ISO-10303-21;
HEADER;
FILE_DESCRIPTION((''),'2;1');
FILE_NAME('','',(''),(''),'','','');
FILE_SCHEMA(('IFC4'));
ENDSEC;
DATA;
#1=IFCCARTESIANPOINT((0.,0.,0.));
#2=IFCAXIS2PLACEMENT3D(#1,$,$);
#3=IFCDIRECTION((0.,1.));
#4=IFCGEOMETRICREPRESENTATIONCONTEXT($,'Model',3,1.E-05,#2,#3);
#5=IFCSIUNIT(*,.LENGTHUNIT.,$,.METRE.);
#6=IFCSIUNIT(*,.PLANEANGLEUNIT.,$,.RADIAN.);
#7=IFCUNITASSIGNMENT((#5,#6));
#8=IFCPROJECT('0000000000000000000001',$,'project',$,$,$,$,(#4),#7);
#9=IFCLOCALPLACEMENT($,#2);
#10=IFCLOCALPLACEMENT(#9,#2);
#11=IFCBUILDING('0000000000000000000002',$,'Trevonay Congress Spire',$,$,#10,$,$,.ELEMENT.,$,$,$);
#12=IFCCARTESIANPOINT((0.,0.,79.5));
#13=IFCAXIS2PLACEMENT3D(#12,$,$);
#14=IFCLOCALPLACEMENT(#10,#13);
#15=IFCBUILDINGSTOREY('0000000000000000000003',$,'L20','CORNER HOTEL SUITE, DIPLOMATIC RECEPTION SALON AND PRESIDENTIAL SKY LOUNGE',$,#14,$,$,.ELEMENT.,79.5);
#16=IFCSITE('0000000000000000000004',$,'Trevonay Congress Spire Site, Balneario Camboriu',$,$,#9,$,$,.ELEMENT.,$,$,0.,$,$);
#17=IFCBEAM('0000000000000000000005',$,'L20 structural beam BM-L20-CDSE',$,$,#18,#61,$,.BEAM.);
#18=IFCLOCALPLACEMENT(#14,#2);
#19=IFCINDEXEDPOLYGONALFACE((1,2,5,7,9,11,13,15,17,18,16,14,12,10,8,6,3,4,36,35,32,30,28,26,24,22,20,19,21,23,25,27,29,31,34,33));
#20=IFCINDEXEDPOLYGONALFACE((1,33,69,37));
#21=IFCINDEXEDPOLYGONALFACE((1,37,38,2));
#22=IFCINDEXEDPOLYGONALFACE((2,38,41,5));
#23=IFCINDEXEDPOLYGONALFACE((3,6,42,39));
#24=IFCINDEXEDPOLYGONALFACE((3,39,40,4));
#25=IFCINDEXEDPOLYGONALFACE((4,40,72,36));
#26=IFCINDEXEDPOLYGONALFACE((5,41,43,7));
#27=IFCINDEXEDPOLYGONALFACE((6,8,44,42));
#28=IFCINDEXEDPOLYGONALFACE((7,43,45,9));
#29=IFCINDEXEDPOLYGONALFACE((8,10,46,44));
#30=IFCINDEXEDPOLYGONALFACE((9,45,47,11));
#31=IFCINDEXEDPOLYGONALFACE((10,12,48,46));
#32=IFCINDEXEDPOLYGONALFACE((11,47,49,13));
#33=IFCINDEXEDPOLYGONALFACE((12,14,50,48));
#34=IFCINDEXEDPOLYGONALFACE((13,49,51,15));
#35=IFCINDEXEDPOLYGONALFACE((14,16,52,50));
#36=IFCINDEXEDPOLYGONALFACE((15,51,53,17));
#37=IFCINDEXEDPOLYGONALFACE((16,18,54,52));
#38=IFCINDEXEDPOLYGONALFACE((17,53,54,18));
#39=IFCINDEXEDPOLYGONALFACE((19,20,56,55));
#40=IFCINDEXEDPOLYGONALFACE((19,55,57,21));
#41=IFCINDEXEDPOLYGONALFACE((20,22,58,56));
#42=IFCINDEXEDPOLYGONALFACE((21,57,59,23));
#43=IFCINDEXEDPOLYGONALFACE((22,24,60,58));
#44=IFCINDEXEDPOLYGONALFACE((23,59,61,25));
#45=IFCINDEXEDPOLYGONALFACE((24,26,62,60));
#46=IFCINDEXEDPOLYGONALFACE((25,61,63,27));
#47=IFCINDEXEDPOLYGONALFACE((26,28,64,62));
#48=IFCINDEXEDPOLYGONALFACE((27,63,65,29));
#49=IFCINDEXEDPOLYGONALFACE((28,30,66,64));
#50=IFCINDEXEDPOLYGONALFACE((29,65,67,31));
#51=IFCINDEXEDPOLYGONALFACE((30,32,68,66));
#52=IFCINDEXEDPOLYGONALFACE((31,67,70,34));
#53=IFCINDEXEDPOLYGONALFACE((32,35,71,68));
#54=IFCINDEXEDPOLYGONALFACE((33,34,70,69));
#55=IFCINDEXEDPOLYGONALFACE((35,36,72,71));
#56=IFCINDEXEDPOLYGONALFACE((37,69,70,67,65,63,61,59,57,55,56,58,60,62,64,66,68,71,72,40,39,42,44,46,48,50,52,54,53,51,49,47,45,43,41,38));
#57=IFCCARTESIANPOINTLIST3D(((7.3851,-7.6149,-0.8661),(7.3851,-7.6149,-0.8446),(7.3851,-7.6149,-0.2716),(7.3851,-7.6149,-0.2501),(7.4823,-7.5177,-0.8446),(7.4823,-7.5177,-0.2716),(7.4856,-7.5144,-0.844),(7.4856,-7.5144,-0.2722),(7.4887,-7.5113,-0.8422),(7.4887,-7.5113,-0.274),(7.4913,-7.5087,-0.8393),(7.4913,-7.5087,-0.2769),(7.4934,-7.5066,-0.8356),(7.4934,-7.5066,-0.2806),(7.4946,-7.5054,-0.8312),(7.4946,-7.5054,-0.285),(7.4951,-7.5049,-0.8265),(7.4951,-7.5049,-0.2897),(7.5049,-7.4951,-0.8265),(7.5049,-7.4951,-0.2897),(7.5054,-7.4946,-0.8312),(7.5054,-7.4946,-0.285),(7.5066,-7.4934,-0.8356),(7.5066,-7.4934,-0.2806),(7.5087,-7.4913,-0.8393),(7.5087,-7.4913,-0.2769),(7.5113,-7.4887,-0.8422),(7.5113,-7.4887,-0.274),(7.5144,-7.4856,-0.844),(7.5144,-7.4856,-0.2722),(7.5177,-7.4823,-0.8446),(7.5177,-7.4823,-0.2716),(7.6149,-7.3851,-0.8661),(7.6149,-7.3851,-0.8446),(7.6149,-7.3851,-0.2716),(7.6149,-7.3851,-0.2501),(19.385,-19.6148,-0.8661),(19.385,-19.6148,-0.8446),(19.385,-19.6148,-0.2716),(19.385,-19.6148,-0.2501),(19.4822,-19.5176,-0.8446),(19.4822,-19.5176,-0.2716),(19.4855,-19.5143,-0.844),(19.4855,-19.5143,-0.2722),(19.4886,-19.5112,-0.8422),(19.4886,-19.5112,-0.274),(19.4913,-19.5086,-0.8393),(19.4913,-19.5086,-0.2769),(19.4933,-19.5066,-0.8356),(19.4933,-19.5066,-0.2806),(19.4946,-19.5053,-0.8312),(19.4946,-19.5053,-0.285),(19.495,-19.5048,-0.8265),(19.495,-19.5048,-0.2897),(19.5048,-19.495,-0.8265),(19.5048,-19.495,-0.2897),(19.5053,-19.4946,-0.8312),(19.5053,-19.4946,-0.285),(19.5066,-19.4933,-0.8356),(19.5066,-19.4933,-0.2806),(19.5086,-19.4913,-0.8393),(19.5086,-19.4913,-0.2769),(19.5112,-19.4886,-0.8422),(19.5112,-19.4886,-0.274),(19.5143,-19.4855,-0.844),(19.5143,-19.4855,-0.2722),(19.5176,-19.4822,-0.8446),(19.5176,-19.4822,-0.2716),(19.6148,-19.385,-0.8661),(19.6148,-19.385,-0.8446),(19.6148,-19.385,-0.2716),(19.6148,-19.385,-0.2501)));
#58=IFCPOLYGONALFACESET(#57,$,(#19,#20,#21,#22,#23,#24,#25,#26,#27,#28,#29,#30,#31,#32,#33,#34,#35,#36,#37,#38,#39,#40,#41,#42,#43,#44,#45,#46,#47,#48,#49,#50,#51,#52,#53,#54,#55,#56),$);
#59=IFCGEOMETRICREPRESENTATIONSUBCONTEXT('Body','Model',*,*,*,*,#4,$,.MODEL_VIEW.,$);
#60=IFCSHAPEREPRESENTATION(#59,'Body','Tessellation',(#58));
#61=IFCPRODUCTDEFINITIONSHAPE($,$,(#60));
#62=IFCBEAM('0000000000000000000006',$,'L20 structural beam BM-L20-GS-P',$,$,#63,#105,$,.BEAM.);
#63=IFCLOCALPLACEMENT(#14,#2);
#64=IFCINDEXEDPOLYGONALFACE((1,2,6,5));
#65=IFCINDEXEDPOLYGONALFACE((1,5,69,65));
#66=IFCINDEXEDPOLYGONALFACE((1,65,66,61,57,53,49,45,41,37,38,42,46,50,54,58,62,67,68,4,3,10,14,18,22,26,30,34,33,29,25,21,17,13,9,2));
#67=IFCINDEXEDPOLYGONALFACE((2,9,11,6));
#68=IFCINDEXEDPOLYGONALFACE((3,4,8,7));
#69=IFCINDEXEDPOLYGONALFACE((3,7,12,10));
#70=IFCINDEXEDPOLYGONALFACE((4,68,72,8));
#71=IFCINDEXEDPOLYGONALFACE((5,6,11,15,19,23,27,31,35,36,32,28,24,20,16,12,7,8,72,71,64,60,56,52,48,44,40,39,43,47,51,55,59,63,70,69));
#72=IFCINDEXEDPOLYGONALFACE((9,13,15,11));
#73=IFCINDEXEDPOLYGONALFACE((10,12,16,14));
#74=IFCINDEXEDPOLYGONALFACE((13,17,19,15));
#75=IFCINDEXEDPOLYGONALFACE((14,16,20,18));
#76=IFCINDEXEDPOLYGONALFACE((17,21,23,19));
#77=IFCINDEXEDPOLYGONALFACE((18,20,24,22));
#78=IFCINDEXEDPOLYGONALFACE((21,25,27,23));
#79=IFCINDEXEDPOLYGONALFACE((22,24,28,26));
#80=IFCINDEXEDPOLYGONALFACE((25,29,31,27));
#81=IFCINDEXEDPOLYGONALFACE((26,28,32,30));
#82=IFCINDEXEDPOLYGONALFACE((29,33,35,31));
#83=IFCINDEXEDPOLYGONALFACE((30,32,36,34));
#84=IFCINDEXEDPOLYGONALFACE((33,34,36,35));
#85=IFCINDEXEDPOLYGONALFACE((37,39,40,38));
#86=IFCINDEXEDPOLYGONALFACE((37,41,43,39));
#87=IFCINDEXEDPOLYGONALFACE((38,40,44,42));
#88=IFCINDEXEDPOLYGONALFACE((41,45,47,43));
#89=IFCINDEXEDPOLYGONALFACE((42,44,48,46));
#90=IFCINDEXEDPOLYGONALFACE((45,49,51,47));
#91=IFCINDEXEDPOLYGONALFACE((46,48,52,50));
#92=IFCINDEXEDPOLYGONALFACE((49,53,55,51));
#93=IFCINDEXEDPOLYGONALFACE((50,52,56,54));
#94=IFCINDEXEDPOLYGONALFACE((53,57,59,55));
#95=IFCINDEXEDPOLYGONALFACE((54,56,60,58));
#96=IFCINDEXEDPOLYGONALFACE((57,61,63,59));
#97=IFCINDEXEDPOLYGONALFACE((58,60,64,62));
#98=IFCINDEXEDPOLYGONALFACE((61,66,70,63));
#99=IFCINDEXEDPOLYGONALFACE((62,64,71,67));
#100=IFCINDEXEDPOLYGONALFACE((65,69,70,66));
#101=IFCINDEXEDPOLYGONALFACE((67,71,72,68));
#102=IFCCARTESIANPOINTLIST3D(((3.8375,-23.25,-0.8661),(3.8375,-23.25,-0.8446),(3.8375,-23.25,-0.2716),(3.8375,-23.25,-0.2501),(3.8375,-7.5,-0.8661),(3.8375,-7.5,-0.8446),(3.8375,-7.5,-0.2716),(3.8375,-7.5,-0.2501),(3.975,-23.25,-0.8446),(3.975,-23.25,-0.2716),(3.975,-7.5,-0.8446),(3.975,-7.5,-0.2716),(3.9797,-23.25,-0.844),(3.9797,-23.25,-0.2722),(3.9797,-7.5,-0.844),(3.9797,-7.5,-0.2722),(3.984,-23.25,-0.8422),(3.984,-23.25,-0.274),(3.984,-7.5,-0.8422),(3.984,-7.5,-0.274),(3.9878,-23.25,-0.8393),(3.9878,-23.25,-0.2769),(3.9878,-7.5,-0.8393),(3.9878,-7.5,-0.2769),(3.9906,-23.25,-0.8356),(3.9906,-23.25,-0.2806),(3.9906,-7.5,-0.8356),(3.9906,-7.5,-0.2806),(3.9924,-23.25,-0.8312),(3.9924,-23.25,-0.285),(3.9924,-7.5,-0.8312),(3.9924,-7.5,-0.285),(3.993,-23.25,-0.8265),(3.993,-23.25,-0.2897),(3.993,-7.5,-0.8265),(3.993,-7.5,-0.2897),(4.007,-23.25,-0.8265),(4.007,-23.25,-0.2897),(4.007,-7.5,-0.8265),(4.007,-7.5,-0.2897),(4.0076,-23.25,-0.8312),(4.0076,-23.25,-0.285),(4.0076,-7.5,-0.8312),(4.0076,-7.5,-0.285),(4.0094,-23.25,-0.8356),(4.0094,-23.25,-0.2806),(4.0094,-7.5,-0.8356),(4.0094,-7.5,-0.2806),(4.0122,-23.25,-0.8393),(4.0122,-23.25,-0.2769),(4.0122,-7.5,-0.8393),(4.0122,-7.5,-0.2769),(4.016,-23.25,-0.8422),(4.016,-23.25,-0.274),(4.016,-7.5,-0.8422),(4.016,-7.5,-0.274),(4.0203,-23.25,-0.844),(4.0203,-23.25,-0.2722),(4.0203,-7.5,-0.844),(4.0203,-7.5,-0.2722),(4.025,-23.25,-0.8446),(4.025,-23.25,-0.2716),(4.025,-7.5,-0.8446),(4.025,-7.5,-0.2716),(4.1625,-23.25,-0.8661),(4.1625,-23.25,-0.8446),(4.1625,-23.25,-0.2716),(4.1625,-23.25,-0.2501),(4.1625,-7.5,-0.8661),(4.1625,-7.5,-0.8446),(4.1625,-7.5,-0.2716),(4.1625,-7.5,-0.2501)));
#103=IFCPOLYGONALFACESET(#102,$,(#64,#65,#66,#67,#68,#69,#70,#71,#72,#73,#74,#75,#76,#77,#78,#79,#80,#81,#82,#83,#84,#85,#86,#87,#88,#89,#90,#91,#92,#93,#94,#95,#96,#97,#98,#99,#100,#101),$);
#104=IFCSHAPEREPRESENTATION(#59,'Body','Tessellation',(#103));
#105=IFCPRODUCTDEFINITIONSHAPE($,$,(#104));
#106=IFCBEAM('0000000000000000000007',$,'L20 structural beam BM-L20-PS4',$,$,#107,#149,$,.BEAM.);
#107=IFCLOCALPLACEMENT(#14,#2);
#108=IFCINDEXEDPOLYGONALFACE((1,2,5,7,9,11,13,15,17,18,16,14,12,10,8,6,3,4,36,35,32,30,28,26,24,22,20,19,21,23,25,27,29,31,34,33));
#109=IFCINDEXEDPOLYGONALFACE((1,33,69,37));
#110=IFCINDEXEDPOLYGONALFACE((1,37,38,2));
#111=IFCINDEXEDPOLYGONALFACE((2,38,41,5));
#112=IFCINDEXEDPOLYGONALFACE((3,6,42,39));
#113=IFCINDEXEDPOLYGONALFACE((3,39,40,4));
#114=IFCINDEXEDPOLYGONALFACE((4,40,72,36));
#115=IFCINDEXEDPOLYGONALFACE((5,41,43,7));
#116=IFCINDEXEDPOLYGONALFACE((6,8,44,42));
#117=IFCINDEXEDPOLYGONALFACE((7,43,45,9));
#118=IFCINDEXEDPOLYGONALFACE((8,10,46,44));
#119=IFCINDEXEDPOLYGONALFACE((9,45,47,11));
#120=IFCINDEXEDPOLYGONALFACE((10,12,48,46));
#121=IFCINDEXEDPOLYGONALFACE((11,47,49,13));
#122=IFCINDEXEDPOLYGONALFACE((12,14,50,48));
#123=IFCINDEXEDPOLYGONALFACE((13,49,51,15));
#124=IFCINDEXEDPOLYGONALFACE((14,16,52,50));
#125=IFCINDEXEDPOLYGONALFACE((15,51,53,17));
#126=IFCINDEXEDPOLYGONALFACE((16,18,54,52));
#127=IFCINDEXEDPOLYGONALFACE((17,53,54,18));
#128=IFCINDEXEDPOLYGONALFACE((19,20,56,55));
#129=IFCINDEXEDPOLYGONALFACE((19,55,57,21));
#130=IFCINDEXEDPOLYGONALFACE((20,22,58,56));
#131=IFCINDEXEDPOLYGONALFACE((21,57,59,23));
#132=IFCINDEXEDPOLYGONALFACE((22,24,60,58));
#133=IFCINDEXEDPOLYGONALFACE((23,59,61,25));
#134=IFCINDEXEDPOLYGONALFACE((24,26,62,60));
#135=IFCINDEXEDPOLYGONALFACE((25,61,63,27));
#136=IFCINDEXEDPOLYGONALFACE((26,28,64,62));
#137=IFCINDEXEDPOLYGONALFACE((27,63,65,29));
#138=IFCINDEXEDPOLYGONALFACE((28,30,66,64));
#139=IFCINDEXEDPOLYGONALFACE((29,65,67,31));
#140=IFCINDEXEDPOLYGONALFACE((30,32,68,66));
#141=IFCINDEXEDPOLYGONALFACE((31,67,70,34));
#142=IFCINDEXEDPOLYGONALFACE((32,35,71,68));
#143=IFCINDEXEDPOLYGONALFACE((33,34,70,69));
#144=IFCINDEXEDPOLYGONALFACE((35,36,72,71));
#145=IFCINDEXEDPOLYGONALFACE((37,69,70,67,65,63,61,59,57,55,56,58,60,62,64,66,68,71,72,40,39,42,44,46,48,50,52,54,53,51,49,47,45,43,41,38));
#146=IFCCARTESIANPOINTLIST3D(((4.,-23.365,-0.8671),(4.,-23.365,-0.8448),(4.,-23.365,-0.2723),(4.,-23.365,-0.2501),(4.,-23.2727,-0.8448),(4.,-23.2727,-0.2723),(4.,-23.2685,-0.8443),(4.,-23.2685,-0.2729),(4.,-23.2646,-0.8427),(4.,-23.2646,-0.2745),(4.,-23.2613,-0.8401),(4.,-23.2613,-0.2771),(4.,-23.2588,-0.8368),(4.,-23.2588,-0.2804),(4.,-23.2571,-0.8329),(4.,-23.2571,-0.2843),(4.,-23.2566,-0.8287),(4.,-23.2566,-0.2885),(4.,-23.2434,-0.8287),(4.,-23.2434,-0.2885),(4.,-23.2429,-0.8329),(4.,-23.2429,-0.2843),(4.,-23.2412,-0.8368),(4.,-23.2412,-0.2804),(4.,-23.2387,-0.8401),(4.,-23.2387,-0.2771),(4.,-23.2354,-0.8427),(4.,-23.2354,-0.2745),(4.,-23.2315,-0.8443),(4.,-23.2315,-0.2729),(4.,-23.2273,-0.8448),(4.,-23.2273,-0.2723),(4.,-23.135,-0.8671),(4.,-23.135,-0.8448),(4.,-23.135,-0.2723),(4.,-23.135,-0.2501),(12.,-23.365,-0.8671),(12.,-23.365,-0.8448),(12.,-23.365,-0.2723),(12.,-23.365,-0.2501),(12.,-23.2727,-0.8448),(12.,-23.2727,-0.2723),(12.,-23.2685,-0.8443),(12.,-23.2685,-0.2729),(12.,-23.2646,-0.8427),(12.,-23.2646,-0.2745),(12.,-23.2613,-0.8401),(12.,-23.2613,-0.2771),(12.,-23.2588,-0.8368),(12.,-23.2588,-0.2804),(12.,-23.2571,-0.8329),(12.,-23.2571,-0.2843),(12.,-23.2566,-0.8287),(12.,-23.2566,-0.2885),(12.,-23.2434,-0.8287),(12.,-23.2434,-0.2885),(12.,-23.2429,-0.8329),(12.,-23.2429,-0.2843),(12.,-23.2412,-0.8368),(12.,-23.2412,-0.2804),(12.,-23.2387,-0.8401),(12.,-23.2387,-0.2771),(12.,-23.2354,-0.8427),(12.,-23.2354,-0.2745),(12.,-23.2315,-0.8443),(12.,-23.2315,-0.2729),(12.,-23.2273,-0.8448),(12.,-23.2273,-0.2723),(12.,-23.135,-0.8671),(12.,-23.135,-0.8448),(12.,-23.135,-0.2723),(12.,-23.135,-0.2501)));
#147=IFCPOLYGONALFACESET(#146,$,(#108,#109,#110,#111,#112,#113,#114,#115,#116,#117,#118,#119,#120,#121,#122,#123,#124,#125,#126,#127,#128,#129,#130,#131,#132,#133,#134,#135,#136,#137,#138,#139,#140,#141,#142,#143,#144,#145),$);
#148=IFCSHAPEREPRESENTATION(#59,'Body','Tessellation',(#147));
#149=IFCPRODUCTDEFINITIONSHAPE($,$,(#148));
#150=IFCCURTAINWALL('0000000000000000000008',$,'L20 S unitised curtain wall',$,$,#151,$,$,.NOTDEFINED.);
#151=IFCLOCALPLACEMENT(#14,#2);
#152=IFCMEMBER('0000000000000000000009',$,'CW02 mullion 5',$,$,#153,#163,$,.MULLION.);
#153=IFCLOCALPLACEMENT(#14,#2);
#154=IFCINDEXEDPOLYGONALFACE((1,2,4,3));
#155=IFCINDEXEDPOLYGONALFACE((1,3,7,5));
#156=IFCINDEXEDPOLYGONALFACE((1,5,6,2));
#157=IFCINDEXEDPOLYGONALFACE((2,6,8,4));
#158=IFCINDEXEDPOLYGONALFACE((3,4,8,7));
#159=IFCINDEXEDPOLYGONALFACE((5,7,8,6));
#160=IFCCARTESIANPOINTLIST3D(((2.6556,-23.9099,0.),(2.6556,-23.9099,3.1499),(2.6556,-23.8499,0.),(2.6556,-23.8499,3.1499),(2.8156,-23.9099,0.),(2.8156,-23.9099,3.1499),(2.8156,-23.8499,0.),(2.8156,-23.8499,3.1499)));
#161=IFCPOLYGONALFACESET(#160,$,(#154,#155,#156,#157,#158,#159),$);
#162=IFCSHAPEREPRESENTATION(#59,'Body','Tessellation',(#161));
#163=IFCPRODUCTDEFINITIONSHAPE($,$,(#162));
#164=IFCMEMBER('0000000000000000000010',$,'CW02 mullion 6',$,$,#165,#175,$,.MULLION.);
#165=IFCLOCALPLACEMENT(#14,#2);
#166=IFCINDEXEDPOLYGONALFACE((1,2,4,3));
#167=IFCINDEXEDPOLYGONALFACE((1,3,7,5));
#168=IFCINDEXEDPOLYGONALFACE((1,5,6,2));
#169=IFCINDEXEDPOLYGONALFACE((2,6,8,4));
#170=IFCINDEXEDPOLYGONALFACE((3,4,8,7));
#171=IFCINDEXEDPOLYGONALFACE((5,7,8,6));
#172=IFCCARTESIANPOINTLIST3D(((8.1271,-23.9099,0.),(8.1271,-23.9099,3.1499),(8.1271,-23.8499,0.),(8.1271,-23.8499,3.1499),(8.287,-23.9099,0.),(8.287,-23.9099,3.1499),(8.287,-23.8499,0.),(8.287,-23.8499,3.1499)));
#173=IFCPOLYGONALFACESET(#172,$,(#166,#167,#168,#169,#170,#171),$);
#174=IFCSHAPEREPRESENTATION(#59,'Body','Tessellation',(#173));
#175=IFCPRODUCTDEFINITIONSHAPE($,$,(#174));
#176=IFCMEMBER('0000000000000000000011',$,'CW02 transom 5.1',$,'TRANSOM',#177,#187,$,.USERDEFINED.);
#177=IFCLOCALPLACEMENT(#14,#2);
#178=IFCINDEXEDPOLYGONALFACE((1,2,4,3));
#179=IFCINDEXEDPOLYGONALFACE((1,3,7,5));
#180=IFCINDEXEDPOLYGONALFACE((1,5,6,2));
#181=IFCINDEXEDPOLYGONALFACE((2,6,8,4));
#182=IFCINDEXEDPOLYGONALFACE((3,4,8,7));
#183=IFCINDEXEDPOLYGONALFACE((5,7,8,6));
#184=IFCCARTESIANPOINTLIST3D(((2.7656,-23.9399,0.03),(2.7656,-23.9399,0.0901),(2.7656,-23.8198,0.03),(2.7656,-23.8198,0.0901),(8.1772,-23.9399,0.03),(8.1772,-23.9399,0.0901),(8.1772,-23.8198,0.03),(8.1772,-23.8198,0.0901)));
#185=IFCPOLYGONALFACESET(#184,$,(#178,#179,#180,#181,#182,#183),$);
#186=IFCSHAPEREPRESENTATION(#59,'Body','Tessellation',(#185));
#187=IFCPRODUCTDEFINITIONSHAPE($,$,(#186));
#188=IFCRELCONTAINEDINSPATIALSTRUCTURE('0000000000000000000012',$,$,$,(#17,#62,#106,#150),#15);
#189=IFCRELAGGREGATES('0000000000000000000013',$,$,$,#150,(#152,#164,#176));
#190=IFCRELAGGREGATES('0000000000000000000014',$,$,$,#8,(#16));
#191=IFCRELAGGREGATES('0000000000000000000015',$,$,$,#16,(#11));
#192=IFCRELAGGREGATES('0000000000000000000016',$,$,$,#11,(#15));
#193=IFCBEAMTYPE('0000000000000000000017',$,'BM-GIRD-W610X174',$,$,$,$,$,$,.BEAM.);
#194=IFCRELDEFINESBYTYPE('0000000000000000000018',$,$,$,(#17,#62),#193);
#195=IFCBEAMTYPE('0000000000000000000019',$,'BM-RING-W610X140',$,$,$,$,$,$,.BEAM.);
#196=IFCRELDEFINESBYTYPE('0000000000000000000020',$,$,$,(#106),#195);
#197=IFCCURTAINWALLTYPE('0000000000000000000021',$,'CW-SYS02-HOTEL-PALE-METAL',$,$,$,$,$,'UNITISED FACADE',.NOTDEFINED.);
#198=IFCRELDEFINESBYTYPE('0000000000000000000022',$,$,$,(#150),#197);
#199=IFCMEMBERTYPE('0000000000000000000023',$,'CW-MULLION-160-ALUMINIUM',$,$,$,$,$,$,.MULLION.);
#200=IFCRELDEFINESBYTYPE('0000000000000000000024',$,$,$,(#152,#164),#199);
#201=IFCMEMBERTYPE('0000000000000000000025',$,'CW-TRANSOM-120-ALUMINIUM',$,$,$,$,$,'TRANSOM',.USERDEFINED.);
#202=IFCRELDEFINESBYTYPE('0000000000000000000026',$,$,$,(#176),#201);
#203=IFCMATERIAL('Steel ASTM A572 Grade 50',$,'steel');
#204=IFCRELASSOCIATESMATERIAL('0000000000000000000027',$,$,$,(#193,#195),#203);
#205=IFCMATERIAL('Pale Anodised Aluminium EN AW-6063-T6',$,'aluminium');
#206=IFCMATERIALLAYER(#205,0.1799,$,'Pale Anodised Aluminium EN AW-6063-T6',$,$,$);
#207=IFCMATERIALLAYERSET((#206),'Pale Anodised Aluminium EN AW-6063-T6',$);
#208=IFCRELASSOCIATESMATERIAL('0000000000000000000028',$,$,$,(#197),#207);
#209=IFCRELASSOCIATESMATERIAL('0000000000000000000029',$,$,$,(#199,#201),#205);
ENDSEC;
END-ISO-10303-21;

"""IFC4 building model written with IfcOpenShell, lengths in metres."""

from ifc_helpers import new_model, si_unit, direction, frame, origin, origin_2d, place, context, subcontext, project, spatial, rectangle, i_section, extrude, material, layer, layer_set, material_profile, profile_set, type_object, element, aggregate, save


model = new_model("IFC4")

# Units and contexts
model_context = context("Model", 3, precision=1e-05, world=origin(), true_north=direction((0.0, 1.0)))
body_context = subcontext(model_context, "Body", "Model", "MODEL_VIEW")
ifc_project = project(units=[si_unit("LENGTHUNIT", "METRE"), si_unit("PLANEANGLEUNIT", "RADIAN")], contexts=[model_context])

# Site, building, storey
site_placement = place(None, origin())
site = spatial("IfcSite", under=ifc_project, at=site_placement, Name="Trevonay Congress Spire Site, Balneario Camboriu", CompositionType="ELEMENT", RefElevation=0.0)
building_placement = place(site_placement, origin())
building = spatial("IfcBuilding", under=site, at=building_placement, Name="Trevonay Congress Spire", CompositionType="ELEMENT")
storey_placement = place(building_placement, frame((0.0, 0.0, 79.5)))
storey = spatial("IfcBuildingStorey", under=building, at=storey_placement, Name="L20", Description="CORNER HOTEL SUITE, DIPLOMATIC RECEPTION SALON AND PRESIDENTIAL SKY LOUNGE", CompositionType="ELEMENT", Elevation=79.5)

# Shared definitions
ifc_material_1 = material(Name="Steel ASTM A572 Grade 50", Category="steel")

# Beams
ifc_material_profile_1 = material_profile(ifc_material_1, i_section(OverallWidth=0.325, OverallDepth=0.616, WebThickness=0.0139, FlangeThickness=0.0215, FilletRadius=0.0181, at=origin_2d()), Name="W610x174")
ifc_profile_set_1 = profile_set([ifc_material_profile_1], Name="Steel ASTM A572 Grade 50")
beam_type_1 = type_object("IfcBeamType", Name="BM-GIRD-W610X174", PredefinedType="BEAM", material=ifc_profile_set_1)
beam_1_placement = place(storey_placement, frame((7.5, -7.5, -0.5581), z_axis=(0.707107, -0.707107, 0.0), x_axis=(0.707107, 0.707107, 0.0)))
element("IfcBeam", 1, at=beam_1_placement, inside=storey, type_object=beam_type_1, Name="L20 structural beam BM-L20-CDSE", PredefinedType="BEAM", context=body_context, shape_type="SweptSolid", body=[
    extrude(i_section(OverallWidth=0.325, OverallDepth=0.616, WebThickness=0.0139, FlangeThickness=0.0215, FilletRadius=0.0181, at=origin_2d()), origin(), (0.0, 0.0, 1.0), 16.9705),
])
beam_2_placement = place(storey_placement, frame((4.0, -7.5, -0.5581), z_axis=(0.0, -1.0, 0.0), x_axis=(1.0, 0.0, 0.0)))
element("IfcBeam", 2, at=beam_2_placement, inside=storey, type_object=beam_type_1, Name="L20 structural beam BM-L20-GS-P", PredefinedType="BEAM", context=body_context, shape_type="SweptSolid", body=[
    extrude(i_section(OverallWidth=0.325, OverallDepth=0.616, WebThickness=0.0139, FlangeThickness=0.0215, FilletRadius=0.0181, at=origin_2d()), origin(), (0.0, 0.0, 1.0), 15.75),
])
ifc_material_profile_2 = material_profile(ifc_material_1, i_section(OverallWidth=0.23, OverallDepth=0.6169, WebThickness=0.0132, FlangeThickness=0.0222, FilletRadius=0.0161, at=origin_2d()), Name="W610x140")
ifc_profile_set_2 = profile_set([ifc_material_profile_2], Name="Steel ASTM A572 Grade 50")
beam_type_2 = type_object("IfcBeamType", Name="BM-RING-W610X140", PredefinedType="BEAM", material=ifc_profile_set_2)
beam_3_placement = place(storey_placement, frame((4.0, -23.25, -0.5586), z_axis=(1.0, 0.0, 0.0), x_axis=(0.0, 1.0, 0.0)))
element("IfcBeam", 3, at=beam_3_placement, inside=storey, type_object=beam_type_2, Name="L20 structural beam BM-L20-PS4", PredefinedType="BEAM", context=body_context, shape_type="SweptSolid", body=[
    extrude(i_section(OverallWidth=0.23, OverallDepth=0.6169, WebThickness=0.0132, FlangeThickness=0.0222, FilletRadius=0.0161, at=origin_2d()), origin(), (0.0, 0.0, 1.0), 8.0),
])

# Curtain wall, members
ifc_material_2 = material(Name="Pale Anodised Aluminium EN AW-6063-T6", Category="aluminium")
ifc_layer_1 = layer(ifc_material_2, 0.1799, Name="Pale Anodised Aluminium EN AW-6063-T6")
ifc_layer_set_1 = layer_set([ifc_layer_1], Name="Pale Anodised Aluminium EN AW-6063-T6")
curtain_wall_type = type_object("IfcCurtainWallType", Name="CW-SYS02-HOTEL-PALE-METAL", ElementType="UNITISED FACADE", PredefinedType="NOTDEFINED", material=ifc_layer_set_1)
curtain_wall_placement = place(storey_placement, origin())
curtain_wall = element("IfcCurtainWall", 4, at=curtain_wall_placement, inside=storey, type_object=curtain_wall_type, Name="L20 S unitised curtain wall", PredefinedType="NOTDEFINED")
ifc_material_profile_3 = material_profile(ifc_material_2, rectangle(XDim=0.0601, YDim=0.1599, at=origin_2d()), Name="CW-MULLION-160-ALUMINIUM")
ifc_profile_set_3 = profile_set([ifc_material_profile_3], Name="Pale Anodised Aluminium EN AW-6063-T6")
member_type_1 = type_object("IfcMemberType", Name="CW-MULLION-160-ALUMINIUM", PredefinedType="MULLION", material=ifc_profile_set_3)
member_1_placement = place(storey_placement, frame((2.7356, -23.8799, 0.0), z_axis=(0.0, 0.0, 1.0), x_axis=(0.0, 1.0, 0.0)))
member_1 = element("IfcMember", 5, at=member_1_placement, type_object=member_type_1, Name="CW02 mullion 5", PredefinedType="MULLION", context=body_context, shape_type="SweptSolid", body=[
    extrude(rectangle(XDim=0.0601, YDim=0.1599, at=origin_2d()), origin(), (0.0, 0.0, 1.0), 3.1499),
])
member_2_placement = place(storey_placement, frame((8.207, -23.8799, 0.0), z_axis=(0.0, 0.0, 1.0), x_axis=(0.0, 1.0, 0.0)))
member_2 = element("IfcMember", 6, at=member_2_placement, type_object=member_type_1, Name="CW02 mullion 6", PredefinedType="MULLION", context=body_context, shape_type="SweptSolid", body=[
    extrude(rectangle(XDim=0.0601, YDim=0.1599, at=origin_2d()), origin(), (0.0, 0.0, 1.0), 3.1499),
])
ifc_material_profile_4 = material_profile(ifc_material_2, rectangle(XDim=0.1201, YDim=0.0601, at=origin_2d()), Name="CW-TRANSOM-120-ALUMINIUM")
ifc_profile_set_4 = profile_set([ifc_material_profile_4], Name="Pale Anodised Aluminium EN AW-6063-T6")
member_type_2 = type_object("IfcMemberType", Name="CW-TRANSOM-120-ALUMINIUM", ElementType="TRANSOM", PredefinedType="USERDEFINED", material=ifc_profile_set_4)
member_3_placement = place(storey_placement, frame((2.7656, -23.8799, 0.0601), z_axis=(1.0, 0.0, 0.0), x_axis=(0.0, 1.0, 0.0)))
member_3 = element("IfcMember", 7, at=member_3_placement, type_object=member_type_2, Name="CW02 transom 5.1", ObjectType="TRANSOM", PredefinedType="USERDEFINED", context=body_context, shape_type="SweptSolid", body=[
    extrude(rectangle(XDim=0.1201, YDim=0.0601, at=origin_2d()), origin(), (0.0, 0.0, 1.0), 5.4116),
])
aggregate(curtain_wall, [member_1, member_2, member_3])

save(model, "model.ifc")
